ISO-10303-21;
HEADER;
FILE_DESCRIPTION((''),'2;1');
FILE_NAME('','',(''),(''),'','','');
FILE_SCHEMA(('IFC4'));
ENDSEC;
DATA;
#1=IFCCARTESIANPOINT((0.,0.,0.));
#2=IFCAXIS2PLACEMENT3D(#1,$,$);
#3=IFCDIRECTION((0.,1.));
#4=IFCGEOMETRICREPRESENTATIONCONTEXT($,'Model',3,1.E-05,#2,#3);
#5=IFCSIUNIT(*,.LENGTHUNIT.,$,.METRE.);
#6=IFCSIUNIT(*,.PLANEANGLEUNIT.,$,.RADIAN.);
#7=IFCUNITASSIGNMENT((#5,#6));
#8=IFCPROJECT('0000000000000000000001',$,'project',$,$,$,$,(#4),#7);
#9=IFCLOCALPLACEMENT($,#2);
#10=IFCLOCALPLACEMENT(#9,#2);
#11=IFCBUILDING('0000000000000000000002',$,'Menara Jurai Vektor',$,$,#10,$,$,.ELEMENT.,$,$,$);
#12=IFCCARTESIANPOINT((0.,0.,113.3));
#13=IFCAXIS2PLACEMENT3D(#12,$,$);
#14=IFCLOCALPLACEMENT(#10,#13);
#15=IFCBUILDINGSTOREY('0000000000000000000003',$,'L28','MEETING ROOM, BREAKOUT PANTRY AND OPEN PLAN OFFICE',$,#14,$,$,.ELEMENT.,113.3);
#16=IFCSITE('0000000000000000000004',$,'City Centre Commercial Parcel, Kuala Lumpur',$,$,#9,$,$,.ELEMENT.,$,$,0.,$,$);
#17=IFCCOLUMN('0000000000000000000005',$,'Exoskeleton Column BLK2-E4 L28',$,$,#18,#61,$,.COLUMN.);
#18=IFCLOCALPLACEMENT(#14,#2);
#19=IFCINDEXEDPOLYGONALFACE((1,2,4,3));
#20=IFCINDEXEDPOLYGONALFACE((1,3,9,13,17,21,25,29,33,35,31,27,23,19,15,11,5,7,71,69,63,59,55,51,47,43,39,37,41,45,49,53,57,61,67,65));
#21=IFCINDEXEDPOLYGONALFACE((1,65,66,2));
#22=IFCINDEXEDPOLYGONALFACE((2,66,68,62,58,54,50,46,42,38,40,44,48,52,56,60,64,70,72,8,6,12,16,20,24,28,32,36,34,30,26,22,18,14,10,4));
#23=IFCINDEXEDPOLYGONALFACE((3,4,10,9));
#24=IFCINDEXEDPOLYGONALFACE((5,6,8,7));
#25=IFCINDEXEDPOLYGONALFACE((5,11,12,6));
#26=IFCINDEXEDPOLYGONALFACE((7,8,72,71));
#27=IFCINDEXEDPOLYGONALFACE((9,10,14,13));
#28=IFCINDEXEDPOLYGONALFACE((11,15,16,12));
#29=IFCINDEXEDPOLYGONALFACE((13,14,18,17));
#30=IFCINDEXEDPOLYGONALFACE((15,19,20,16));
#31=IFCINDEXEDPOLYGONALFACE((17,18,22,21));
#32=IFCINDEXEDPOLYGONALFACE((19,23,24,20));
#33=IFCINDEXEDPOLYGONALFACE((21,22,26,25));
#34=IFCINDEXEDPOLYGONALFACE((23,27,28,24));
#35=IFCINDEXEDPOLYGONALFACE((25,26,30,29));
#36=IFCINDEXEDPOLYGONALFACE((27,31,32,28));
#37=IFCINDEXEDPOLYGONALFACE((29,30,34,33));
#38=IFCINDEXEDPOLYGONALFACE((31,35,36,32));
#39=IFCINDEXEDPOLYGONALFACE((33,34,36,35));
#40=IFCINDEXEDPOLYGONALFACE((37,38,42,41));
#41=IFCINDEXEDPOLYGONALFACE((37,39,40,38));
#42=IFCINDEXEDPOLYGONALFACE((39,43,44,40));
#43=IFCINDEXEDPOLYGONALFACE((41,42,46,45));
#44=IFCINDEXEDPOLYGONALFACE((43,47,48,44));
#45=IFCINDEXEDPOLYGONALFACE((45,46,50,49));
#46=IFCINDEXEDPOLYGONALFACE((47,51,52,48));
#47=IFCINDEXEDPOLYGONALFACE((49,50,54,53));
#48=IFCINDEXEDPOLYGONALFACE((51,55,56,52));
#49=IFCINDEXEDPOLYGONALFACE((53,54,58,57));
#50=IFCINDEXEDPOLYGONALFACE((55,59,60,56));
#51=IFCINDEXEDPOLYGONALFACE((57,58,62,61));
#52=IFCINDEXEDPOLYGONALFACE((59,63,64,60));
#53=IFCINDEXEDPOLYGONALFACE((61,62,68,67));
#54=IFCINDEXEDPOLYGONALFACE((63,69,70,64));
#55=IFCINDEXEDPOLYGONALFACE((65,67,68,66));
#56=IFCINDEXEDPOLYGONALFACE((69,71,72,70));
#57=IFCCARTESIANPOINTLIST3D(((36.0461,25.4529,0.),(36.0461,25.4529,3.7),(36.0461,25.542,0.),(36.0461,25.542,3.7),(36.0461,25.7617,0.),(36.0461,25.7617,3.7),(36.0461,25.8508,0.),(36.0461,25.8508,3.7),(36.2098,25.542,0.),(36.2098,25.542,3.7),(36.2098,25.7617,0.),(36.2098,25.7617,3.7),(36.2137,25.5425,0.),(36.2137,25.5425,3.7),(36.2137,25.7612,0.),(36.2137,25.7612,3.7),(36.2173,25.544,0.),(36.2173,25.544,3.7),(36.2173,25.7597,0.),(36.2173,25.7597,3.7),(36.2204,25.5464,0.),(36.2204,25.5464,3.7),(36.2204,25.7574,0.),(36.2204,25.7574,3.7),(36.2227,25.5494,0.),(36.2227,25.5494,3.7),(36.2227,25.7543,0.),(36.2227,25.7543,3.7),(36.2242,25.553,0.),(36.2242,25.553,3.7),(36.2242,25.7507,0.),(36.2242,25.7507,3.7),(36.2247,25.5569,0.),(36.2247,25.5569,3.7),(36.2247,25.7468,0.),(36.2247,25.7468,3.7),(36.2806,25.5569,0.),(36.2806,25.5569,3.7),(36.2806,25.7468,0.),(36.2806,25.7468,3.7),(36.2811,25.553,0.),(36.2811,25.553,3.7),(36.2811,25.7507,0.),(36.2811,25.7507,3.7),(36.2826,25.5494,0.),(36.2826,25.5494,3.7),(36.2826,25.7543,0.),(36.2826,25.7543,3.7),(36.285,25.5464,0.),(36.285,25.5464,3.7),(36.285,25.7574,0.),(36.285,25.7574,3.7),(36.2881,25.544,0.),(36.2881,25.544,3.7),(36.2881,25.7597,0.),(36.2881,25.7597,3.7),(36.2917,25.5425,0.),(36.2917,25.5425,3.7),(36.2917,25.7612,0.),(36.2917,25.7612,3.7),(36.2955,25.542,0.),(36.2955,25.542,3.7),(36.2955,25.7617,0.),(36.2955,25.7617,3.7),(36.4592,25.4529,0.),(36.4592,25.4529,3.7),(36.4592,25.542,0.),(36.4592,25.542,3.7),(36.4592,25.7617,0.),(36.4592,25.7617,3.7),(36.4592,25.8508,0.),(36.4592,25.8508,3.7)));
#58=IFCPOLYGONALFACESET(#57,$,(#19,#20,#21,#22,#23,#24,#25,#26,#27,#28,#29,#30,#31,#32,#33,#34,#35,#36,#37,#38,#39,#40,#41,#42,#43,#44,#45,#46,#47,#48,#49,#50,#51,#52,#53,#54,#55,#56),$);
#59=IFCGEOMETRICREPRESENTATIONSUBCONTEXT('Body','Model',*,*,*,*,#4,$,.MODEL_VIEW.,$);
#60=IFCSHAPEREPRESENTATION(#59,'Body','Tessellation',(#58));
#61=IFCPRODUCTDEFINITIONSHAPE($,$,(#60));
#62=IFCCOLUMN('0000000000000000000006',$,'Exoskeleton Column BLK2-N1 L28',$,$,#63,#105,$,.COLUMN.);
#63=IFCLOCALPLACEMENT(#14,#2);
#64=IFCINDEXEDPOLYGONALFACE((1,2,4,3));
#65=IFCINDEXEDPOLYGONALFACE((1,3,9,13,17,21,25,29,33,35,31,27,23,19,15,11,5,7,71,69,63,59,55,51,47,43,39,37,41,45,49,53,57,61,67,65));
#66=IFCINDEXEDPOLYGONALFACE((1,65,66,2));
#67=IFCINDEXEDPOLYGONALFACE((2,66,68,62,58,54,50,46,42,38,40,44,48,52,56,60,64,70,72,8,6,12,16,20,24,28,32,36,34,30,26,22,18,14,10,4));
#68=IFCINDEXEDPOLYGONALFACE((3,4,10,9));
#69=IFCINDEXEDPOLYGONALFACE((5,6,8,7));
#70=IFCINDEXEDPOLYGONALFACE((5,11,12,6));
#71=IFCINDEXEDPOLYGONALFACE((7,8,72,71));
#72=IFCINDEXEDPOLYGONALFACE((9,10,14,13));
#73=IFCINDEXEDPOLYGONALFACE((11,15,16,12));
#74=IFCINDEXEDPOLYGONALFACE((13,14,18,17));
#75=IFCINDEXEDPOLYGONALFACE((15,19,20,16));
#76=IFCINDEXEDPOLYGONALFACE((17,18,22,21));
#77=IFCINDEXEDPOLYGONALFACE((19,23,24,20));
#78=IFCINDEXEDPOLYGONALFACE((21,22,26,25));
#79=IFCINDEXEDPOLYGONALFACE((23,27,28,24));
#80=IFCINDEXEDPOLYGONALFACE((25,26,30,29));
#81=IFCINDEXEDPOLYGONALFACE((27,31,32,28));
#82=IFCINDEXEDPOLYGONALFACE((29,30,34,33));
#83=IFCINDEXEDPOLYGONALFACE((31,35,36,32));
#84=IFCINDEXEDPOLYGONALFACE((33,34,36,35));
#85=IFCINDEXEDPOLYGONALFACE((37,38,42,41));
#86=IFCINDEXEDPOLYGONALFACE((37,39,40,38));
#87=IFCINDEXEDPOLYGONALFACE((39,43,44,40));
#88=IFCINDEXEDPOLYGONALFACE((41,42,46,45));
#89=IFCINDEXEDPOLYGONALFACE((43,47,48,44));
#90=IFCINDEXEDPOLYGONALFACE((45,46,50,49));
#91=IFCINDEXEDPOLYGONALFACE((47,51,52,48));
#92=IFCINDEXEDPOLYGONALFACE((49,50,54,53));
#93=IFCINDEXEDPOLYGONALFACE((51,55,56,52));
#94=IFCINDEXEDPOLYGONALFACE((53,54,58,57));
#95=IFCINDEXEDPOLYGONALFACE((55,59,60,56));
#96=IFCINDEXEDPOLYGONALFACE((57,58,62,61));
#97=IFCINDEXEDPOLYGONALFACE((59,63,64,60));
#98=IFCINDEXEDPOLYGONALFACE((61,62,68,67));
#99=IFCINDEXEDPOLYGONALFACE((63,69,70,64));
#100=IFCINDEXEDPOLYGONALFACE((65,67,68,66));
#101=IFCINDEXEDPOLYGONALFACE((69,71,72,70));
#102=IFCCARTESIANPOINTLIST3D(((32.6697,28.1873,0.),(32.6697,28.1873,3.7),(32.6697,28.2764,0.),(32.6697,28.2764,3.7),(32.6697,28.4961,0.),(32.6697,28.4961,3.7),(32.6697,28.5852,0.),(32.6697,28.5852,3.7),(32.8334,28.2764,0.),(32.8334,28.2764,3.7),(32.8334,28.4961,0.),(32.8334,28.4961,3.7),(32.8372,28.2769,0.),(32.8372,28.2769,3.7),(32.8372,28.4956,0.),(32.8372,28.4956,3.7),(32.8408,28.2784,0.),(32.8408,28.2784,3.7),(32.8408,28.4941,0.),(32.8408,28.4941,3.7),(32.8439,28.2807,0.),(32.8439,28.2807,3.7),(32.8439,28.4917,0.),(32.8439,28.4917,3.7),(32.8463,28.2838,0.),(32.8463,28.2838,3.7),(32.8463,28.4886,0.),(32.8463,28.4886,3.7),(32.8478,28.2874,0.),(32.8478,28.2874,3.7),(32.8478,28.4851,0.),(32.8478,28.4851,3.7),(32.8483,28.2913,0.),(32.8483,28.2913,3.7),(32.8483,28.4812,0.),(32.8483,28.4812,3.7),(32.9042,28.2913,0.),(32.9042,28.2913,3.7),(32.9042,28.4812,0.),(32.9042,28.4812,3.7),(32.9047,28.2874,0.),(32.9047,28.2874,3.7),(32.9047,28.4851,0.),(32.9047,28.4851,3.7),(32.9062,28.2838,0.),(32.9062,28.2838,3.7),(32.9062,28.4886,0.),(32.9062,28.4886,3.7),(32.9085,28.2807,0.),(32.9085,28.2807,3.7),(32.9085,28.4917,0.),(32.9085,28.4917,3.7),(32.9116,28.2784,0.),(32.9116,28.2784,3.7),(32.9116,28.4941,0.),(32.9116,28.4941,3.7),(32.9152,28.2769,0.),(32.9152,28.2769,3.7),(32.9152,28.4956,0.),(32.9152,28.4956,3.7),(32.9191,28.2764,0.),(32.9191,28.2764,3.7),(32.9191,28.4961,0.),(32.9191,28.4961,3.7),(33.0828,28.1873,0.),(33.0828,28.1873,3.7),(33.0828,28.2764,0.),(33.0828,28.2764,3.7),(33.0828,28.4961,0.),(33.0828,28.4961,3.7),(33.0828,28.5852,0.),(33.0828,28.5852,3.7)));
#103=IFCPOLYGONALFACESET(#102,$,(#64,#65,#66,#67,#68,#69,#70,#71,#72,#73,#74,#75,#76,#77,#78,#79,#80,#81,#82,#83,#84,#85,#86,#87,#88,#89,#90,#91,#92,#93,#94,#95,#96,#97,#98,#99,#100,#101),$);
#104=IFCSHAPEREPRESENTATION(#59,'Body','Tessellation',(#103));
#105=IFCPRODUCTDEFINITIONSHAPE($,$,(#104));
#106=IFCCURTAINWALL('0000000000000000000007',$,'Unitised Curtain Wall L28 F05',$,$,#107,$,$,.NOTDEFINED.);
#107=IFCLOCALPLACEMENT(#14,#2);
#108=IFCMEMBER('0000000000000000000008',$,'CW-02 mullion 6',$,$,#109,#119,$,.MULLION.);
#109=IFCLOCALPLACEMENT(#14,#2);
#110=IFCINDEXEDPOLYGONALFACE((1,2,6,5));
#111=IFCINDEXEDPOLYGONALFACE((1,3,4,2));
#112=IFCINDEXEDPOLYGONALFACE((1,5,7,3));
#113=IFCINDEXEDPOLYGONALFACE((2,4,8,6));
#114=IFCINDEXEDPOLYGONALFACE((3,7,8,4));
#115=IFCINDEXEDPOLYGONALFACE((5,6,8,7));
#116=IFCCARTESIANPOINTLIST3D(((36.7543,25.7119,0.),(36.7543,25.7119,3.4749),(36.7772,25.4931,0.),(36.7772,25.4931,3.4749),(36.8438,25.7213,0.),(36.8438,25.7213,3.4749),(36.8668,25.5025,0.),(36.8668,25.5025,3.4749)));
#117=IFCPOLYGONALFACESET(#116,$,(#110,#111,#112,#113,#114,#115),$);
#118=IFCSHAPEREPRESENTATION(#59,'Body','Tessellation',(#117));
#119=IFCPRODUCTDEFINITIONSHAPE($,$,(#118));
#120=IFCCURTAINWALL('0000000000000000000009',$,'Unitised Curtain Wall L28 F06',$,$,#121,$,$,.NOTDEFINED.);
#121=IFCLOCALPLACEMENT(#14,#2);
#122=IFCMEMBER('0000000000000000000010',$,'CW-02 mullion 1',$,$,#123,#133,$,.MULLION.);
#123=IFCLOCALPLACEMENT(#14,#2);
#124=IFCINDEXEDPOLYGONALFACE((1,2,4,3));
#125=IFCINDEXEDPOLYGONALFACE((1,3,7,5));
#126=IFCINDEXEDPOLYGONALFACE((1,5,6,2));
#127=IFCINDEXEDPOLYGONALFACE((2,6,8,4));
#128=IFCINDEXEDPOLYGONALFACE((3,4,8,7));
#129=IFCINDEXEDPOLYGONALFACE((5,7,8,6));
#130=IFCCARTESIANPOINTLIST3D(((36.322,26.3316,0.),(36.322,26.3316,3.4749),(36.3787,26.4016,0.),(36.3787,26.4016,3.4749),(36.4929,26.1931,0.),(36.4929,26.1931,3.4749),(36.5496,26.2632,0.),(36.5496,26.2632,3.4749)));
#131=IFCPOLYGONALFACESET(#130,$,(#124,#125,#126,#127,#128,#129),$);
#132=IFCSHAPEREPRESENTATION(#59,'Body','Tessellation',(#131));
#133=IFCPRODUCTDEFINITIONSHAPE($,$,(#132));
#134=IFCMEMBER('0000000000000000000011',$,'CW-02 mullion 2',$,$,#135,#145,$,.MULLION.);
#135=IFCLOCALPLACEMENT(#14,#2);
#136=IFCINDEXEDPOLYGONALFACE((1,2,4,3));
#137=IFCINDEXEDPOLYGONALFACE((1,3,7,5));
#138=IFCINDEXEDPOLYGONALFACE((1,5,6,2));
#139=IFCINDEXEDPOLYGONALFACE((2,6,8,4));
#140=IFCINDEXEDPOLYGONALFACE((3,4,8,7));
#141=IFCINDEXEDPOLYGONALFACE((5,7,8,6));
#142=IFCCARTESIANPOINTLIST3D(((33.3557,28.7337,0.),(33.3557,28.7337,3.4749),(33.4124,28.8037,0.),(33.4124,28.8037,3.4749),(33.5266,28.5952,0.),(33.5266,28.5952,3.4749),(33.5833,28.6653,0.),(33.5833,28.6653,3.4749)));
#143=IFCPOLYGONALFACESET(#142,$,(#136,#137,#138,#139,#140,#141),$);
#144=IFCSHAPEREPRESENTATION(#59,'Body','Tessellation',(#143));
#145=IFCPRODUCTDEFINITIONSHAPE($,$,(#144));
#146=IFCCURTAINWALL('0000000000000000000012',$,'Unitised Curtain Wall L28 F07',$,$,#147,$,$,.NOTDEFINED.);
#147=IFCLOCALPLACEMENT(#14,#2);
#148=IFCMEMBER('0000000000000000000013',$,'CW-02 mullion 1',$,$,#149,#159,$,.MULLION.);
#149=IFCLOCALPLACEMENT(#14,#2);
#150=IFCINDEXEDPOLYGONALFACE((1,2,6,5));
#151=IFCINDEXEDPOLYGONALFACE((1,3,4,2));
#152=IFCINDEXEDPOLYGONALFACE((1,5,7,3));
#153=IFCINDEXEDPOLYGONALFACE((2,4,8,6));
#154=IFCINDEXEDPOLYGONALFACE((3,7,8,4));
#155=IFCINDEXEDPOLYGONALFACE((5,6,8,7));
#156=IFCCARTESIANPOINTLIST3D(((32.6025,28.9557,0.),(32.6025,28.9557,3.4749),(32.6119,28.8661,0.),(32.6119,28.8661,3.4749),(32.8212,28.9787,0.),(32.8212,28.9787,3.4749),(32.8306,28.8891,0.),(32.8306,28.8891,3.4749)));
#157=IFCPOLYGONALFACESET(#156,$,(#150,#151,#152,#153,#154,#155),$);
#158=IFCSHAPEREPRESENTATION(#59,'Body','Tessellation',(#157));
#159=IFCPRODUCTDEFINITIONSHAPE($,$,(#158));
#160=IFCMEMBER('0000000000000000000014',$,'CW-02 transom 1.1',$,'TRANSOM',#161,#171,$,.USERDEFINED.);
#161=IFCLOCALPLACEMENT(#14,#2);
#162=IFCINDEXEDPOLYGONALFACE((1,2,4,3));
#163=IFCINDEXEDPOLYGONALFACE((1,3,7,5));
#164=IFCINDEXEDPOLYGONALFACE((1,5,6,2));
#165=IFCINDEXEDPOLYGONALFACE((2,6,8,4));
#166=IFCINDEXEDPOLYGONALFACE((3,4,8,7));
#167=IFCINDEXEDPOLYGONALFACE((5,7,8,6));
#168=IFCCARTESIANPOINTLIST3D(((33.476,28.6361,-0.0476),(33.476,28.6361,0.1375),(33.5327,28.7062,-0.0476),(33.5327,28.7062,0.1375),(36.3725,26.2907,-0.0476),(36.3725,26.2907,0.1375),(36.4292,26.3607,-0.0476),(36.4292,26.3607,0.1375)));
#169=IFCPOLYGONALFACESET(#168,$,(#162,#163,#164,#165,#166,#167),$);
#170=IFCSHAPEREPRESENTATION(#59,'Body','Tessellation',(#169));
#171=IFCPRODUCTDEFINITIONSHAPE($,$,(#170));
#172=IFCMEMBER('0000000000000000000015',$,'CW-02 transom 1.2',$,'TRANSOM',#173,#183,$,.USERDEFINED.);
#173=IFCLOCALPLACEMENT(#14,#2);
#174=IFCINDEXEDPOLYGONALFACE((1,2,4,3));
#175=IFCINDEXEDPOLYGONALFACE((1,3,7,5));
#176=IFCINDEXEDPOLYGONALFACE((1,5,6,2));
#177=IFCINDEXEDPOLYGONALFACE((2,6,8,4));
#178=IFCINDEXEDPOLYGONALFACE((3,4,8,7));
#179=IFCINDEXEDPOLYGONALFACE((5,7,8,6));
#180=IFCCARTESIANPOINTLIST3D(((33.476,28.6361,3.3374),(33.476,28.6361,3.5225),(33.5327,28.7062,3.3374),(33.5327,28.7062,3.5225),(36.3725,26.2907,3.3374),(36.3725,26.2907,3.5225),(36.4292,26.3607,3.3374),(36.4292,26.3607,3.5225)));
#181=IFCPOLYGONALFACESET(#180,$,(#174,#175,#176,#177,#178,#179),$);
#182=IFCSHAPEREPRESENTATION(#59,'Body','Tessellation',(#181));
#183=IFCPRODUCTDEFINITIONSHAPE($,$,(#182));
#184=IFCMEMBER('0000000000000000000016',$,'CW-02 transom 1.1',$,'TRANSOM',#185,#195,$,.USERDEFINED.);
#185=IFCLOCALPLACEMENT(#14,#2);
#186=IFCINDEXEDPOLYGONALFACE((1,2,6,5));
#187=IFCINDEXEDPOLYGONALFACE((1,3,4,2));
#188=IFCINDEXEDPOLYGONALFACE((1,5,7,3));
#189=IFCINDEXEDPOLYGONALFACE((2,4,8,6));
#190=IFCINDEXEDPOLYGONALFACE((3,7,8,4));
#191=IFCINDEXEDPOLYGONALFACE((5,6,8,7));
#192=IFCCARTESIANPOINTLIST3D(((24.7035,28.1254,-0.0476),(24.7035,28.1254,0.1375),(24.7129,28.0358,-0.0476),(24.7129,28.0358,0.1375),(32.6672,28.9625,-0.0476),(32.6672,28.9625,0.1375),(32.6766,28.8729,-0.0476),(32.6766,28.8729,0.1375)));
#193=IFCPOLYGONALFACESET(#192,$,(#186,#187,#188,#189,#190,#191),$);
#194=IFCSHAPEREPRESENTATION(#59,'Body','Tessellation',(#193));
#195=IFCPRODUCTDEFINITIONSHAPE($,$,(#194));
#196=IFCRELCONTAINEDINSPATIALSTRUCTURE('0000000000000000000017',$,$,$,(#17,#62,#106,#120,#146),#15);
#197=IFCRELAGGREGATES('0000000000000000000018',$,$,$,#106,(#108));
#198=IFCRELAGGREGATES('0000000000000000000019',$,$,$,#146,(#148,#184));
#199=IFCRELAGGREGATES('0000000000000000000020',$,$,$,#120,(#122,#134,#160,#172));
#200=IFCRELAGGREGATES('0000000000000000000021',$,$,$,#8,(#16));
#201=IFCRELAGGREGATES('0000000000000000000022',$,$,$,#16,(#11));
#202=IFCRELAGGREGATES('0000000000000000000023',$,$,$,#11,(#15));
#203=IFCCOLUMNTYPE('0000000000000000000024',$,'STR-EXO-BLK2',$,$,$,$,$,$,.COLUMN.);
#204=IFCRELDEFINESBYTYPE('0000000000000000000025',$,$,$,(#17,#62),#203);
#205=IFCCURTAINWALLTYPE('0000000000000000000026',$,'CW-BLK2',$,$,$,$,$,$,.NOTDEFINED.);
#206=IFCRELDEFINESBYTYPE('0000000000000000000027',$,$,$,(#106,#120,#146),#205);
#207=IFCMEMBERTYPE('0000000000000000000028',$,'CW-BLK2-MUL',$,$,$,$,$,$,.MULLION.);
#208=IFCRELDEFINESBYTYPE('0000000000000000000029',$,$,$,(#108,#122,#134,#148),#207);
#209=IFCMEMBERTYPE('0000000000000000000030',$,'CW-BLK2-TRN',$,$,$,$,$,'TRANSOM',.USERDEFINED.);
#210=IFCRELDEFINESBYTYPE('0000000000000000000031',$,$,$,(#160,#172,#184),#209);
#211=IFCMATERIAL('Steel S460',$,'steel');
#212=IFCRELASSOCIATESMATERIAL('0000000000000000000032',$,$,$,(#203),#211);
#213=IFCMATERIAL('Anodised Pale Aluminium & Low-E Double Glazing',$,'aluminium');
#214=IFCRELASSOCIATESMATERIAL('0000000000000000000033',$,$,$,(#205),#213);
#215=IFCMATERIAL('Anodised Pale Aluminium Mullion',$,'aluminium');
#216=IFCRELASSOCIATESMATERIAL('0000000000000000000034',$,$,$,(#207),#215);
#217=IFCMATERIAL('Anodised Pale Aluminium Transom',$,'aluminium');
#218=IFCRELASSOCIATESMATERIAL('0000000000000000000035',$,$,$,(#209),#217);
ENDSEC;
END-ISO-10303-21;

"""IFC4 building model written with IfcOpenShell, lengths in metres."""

from ifc_helpers import new_model, si_unit, direction, frame, origin, origin_2d, place, context, subcontext, project, spatial, rectangle, i_section, extrude, material, material_profile, profile_set, type_object, element, aggregate, save


model = new_model("IFC4")

# Units and contexts
model_context = context("Model", 3, precision=1e-05, world=origin(), true_north=direction((0.0, 1.0)))
body_context = subcontext(model_context, "Body", "Model", "MODEL_VIEW")
ifc_project = project(units=[si_unit("LENGTHUNIT", "METRE"), si_unit("PLANEANGLEUNIT", "RADIAN")], contexts=[model_context])

# Site, building, storey
site_placement = place(None, origin())
site = spatial("IfcSite", under=ifc_project, at=site_placement, Name="City Centre Commercial Parcel, Kuala Lumpur", CompositionType="ELEMENT", RefElevation=0.0)
building_placement = place(site_placement, origin())
building = spatial("IfcBuilding", under=site, at=building_placement, Name="Menara Jurai Vektor", CompositionType="ELEMENT")
storey_placement = place(building_placement, frame((0.0, 0.0, 113.3)))
storey = spatial("IfcBuildingStorey", under=building, at=storey_placement, Name="L28", Description="MEETING ROOM, BREAKOUT PANTRY AND OPEN PLAN OFFICE", CompositionType="ELEMENT", Elevation=113.3)

# Columns
ifc_material_1 = material(Name="Steel S460", Category="steel")
ifc_material_profile_1 = material_profile(ifc_material_1, i_section(OverallWidth=0.4131, OverallDepth=0.3979, WebThickness=0.0559, FlangeThickness=0.0891, FilletRadius=0.0149, at=origin_2d()), Name="HD 400x744")
ifc_profile_set_1 = profile_set([ifc_material_profile_1], Name="Steel S460")
column_type = type_object("IfcColumnType", Name="STR-EXO-BLK2", PredefinedType="COLUMN", material=ifc_profile_set_1)
for number, where, z_axis, x_axis, name in (
    (1, (36.2527, 25.6519, 0.0), (0.0, 0.0, 1.0), (1.0, 0.0, 0.0), "Exoskeleton Column BLK2-E4 L28"),
    (2, (32.8762, 28.3862, 0.0), (0.0, 0.0, 1.0), (1.0, 0.0, 0.0), "Exoskeleton Column BLK2-N1 L28"),
):
    element("IfcColumn", number, at=place(storey_placement, frame(where, z_axis=z_axis, x_axis=x_axis)), inside=storey, type_object=column_type, Name=name, PredefinedType="COLUMN", context=body_context, shape_type="SweptSolid", body=[
        extrude(i_section(OverallWidth=0.4131, OverallDepth=0.3979, WebThickness=0.0559, FlangeThickness=0.0891, FilletRadius=0.0149, at=origin_2d()), origin(), (0.0, 0.0, 1.0), 3.7),
    ])

# Curtain wall, member
ifc_material_2 = material(Name="Anodised Pale Aluminium & Low-E Double Glazing", Category="aluminium")
curtain_wall_type = type_object("IfcCurtainWallType", Name="CW-BLK2", PredefinedType="NOTDEFINED", material=ifc_material_2)
curtain_wall_1_placement = place(storey_placement, origin())
curtain_wall_1 = element("IfcCurtainWall", 3, at=curtain_wall_1_placement, inside=storey, type_object=curtain_wall_type, Name="Unitised Curtain Wall L28 F05", PredefinedType="NOTDEFINED")
ifc_material_3 = material(Name="Anodised Pale Aluminium Mullion", Category="aluminium")
ifc_material_profile_2 = material_profile(ifc_material_3, rectangle(XDim=0.0901, YDim=0.22, at=origin_2d()), Name="ALU MUL 90x220")
ifc_profile_set_2 = profile_set([ifc_material_profile_2], Name="Anodised Pale Aluminium Mullion")
member_type_1 = type_object("IfcMemberType", Name="CW-BLK2-MUL", PredefinedType="MULLION", material=ifc_profile_set_2)
member_1_placement = place(storey_placement, frame((36.8105, 25.6072, 0.0), z_axis=(0.0, 0.0, 1.0), x_axis=(-0.994522, -0.10453, 0.0)))
member_1 = element("IfcMember", 4, at=member_1_placement, type_object=member_type_1, Name="CW-02 mullion 6", PredefinedType="MULLION", context=body_context, shape_type="SweptSolid", body=[
    extrude(rectangle(XDim=0.0901, YDim=0.22, at=origin_2d()), origin(), (0.0, 0.0, 1.0), 3.4749),
])

# Curtain wall, members
curtain_wall_2_placement = place(storey_placement, origin())
curtain_wall_2 = element("IfcCurtainWall", 5, at=curtain_wall_2_placement, inside=storey, type_object=curtain_wall_type, Name="Unitised Curtain Wall L28 F06", PredefinedType="NOTDEFINED")
member_2_placement = place(storey_placement, frame((36.4358, 26.2974, 0.0), z_axis=(0.0, 0.0, 1.0), x_axis=(-0.629313, -0.777152, 0.0)))
member_2 = element("IfcMember", 6, at=member_2_placement, type_object=member_type_1, Name="CW-02 mullion 1", PredefinedType="MULLION", context=body_context, shape_type="SweptSolid", body=[
    extrude(rectangle(XDim=0.0901, YDim=0.22, at=origin_2d()), origin(), (0.0, 0.0, 1.0), 3.4749),
])
member_3_placement = place(storey_placement, frame((33.4695, 28.6995, 0.0), z_axis=(0.0, 0.0, 1.0), x_axis=(-0.629313, -0.777152, 0.0)))
member_3 = element("IfcMember", 7, at=member_3_placement, type_object=member_type_1, Name="CW-02 mullion 2", PredefinedType="MULLION", context=body_context, shape_type="SweptSolid", body=[
    extrude(rectangle(XDim=0.0901, YDim=0.22, at=origin_2d()), origin(), (0.0, 0.0, 1.0), 3.4749),
])

# Curtain wall, member
curtain_wall_3_placement = place(storey_placement, origin())
curtain_wall_3 = element("IfcCurtainWall", 8, at=curtain_wall_3_placement, inside=storey, type_object=curtain_wall_type, Name="Unitised Curtain Wall L28 F07", PredefinedType="NOTDEFINED")
member_4_placement = place(storey_placement, frame((32.7166, 28.9224, 0.0), z_axis=(0.0, 0.0, 1.0), x_axis=(0.104529, -0.994522, 0.0)))
member_4 = element("IfcMember", 9, at=member_4_placement, type_object=member_type_1, Name="CW-02 mullion 1", PredefinedType="MULLION", context=body_context, shape_type="SweptSolid", body=[
    extrude(rectangle(XDim=0.0901, YDim=0.22, at=origin_2d()), origin(), (0.0, 0.0, 1.0), 3.4749),
])

# Members
ifc_material_4 = material(Name="Anodised Pale Aluminium Transom", Category="aluminium")
ifc_material_profile_3 = material_profile(ifc_material_4, rectangle(XDim=0.0901, YDim=0.1851, at=origin_2d()), Name="ALU TRN 90x185")
ifc_profile_set_3 = profile_set([ifc_material_profile_3], Name="Anodised Pale Aluminium Transom")
member_type_2 = type_object("IfcMemberType", Name="CW-BLK2-TRN", ElementType="TRANSOM", PredefinedType="USERDEFINED", material=ifc_profile_set_3)
member_5_placement = place(storey_placement, frame((36.4009, 26.3257, 0.0449), z_axis=(-0.777155, 0.629309, 0.0), x_axis=(-0.629309, -0.777155, 0.0)))
member_5 = element("IfcMember", 10, at=member_5_placement, type_object=member_type_2, Name="CW-02 transom 1.1", ObjectType="TRANSOM", PredefinedType="USERDEFINED", context=body_context, shape_type="SweptSolid", body=[
    extrude(rectangle(XDim=0.0901, YDim=0.1851, at=origin_2d()), origin(), (0.0, 0.0, 1.0), 3.7271),
])
member_6_placement = place(storey_placement, frame((36.4009, 26.3257, 3.4299), z_axis=(-0.777155, 0.629309, 0.0), x_axis=(-0.629309, -0.777155, 0.0)))
member_6 = element("IfcMember", 11, at=member_6_placement, type_object=member_type_2, Name="CW-02 transom 1.2", ObjectType="TRANSOM", PredefinedType="USERDEFINED", context=body_context, shape_type="SweptSolid", body=[
    extrude(rectangle(XDim=0.0901, YDim=0.1851, at=origin_2d()), origin(), (0.0, 0.0, 1.0), 3.7271),
])
member_7_placement = place(storey_placement, frame((32.6719, 28.9177, 0.0449), z_axis=(-0.99452, -0.104547, 0.0), x_axis=(0.104547, -0.99452, 0.0)))
member_7 = element("IfcMember", 12, at=member_7_placement, type_object=member_type_2, Name="CW-02 transom 1.1", ObjectType="TRANSOM", PredefinedType="USERDEFINED", context=body_context, shape_type="SweptSolid", body=[
    extrude(rectangle(XDim=0.0901, YDim=0.1851, at=origin_2d()), origin(), (0.0, 0.0, 1.0), 8.0076),
])

aggregate(curtain_wall_1, [member_1])
aggregate(curtain_wall_3, [member_4, member_7])
aggregate(curtain_wall_2, [member_2, member_3, member_5, member_6])

save(model, "model.ifc")
